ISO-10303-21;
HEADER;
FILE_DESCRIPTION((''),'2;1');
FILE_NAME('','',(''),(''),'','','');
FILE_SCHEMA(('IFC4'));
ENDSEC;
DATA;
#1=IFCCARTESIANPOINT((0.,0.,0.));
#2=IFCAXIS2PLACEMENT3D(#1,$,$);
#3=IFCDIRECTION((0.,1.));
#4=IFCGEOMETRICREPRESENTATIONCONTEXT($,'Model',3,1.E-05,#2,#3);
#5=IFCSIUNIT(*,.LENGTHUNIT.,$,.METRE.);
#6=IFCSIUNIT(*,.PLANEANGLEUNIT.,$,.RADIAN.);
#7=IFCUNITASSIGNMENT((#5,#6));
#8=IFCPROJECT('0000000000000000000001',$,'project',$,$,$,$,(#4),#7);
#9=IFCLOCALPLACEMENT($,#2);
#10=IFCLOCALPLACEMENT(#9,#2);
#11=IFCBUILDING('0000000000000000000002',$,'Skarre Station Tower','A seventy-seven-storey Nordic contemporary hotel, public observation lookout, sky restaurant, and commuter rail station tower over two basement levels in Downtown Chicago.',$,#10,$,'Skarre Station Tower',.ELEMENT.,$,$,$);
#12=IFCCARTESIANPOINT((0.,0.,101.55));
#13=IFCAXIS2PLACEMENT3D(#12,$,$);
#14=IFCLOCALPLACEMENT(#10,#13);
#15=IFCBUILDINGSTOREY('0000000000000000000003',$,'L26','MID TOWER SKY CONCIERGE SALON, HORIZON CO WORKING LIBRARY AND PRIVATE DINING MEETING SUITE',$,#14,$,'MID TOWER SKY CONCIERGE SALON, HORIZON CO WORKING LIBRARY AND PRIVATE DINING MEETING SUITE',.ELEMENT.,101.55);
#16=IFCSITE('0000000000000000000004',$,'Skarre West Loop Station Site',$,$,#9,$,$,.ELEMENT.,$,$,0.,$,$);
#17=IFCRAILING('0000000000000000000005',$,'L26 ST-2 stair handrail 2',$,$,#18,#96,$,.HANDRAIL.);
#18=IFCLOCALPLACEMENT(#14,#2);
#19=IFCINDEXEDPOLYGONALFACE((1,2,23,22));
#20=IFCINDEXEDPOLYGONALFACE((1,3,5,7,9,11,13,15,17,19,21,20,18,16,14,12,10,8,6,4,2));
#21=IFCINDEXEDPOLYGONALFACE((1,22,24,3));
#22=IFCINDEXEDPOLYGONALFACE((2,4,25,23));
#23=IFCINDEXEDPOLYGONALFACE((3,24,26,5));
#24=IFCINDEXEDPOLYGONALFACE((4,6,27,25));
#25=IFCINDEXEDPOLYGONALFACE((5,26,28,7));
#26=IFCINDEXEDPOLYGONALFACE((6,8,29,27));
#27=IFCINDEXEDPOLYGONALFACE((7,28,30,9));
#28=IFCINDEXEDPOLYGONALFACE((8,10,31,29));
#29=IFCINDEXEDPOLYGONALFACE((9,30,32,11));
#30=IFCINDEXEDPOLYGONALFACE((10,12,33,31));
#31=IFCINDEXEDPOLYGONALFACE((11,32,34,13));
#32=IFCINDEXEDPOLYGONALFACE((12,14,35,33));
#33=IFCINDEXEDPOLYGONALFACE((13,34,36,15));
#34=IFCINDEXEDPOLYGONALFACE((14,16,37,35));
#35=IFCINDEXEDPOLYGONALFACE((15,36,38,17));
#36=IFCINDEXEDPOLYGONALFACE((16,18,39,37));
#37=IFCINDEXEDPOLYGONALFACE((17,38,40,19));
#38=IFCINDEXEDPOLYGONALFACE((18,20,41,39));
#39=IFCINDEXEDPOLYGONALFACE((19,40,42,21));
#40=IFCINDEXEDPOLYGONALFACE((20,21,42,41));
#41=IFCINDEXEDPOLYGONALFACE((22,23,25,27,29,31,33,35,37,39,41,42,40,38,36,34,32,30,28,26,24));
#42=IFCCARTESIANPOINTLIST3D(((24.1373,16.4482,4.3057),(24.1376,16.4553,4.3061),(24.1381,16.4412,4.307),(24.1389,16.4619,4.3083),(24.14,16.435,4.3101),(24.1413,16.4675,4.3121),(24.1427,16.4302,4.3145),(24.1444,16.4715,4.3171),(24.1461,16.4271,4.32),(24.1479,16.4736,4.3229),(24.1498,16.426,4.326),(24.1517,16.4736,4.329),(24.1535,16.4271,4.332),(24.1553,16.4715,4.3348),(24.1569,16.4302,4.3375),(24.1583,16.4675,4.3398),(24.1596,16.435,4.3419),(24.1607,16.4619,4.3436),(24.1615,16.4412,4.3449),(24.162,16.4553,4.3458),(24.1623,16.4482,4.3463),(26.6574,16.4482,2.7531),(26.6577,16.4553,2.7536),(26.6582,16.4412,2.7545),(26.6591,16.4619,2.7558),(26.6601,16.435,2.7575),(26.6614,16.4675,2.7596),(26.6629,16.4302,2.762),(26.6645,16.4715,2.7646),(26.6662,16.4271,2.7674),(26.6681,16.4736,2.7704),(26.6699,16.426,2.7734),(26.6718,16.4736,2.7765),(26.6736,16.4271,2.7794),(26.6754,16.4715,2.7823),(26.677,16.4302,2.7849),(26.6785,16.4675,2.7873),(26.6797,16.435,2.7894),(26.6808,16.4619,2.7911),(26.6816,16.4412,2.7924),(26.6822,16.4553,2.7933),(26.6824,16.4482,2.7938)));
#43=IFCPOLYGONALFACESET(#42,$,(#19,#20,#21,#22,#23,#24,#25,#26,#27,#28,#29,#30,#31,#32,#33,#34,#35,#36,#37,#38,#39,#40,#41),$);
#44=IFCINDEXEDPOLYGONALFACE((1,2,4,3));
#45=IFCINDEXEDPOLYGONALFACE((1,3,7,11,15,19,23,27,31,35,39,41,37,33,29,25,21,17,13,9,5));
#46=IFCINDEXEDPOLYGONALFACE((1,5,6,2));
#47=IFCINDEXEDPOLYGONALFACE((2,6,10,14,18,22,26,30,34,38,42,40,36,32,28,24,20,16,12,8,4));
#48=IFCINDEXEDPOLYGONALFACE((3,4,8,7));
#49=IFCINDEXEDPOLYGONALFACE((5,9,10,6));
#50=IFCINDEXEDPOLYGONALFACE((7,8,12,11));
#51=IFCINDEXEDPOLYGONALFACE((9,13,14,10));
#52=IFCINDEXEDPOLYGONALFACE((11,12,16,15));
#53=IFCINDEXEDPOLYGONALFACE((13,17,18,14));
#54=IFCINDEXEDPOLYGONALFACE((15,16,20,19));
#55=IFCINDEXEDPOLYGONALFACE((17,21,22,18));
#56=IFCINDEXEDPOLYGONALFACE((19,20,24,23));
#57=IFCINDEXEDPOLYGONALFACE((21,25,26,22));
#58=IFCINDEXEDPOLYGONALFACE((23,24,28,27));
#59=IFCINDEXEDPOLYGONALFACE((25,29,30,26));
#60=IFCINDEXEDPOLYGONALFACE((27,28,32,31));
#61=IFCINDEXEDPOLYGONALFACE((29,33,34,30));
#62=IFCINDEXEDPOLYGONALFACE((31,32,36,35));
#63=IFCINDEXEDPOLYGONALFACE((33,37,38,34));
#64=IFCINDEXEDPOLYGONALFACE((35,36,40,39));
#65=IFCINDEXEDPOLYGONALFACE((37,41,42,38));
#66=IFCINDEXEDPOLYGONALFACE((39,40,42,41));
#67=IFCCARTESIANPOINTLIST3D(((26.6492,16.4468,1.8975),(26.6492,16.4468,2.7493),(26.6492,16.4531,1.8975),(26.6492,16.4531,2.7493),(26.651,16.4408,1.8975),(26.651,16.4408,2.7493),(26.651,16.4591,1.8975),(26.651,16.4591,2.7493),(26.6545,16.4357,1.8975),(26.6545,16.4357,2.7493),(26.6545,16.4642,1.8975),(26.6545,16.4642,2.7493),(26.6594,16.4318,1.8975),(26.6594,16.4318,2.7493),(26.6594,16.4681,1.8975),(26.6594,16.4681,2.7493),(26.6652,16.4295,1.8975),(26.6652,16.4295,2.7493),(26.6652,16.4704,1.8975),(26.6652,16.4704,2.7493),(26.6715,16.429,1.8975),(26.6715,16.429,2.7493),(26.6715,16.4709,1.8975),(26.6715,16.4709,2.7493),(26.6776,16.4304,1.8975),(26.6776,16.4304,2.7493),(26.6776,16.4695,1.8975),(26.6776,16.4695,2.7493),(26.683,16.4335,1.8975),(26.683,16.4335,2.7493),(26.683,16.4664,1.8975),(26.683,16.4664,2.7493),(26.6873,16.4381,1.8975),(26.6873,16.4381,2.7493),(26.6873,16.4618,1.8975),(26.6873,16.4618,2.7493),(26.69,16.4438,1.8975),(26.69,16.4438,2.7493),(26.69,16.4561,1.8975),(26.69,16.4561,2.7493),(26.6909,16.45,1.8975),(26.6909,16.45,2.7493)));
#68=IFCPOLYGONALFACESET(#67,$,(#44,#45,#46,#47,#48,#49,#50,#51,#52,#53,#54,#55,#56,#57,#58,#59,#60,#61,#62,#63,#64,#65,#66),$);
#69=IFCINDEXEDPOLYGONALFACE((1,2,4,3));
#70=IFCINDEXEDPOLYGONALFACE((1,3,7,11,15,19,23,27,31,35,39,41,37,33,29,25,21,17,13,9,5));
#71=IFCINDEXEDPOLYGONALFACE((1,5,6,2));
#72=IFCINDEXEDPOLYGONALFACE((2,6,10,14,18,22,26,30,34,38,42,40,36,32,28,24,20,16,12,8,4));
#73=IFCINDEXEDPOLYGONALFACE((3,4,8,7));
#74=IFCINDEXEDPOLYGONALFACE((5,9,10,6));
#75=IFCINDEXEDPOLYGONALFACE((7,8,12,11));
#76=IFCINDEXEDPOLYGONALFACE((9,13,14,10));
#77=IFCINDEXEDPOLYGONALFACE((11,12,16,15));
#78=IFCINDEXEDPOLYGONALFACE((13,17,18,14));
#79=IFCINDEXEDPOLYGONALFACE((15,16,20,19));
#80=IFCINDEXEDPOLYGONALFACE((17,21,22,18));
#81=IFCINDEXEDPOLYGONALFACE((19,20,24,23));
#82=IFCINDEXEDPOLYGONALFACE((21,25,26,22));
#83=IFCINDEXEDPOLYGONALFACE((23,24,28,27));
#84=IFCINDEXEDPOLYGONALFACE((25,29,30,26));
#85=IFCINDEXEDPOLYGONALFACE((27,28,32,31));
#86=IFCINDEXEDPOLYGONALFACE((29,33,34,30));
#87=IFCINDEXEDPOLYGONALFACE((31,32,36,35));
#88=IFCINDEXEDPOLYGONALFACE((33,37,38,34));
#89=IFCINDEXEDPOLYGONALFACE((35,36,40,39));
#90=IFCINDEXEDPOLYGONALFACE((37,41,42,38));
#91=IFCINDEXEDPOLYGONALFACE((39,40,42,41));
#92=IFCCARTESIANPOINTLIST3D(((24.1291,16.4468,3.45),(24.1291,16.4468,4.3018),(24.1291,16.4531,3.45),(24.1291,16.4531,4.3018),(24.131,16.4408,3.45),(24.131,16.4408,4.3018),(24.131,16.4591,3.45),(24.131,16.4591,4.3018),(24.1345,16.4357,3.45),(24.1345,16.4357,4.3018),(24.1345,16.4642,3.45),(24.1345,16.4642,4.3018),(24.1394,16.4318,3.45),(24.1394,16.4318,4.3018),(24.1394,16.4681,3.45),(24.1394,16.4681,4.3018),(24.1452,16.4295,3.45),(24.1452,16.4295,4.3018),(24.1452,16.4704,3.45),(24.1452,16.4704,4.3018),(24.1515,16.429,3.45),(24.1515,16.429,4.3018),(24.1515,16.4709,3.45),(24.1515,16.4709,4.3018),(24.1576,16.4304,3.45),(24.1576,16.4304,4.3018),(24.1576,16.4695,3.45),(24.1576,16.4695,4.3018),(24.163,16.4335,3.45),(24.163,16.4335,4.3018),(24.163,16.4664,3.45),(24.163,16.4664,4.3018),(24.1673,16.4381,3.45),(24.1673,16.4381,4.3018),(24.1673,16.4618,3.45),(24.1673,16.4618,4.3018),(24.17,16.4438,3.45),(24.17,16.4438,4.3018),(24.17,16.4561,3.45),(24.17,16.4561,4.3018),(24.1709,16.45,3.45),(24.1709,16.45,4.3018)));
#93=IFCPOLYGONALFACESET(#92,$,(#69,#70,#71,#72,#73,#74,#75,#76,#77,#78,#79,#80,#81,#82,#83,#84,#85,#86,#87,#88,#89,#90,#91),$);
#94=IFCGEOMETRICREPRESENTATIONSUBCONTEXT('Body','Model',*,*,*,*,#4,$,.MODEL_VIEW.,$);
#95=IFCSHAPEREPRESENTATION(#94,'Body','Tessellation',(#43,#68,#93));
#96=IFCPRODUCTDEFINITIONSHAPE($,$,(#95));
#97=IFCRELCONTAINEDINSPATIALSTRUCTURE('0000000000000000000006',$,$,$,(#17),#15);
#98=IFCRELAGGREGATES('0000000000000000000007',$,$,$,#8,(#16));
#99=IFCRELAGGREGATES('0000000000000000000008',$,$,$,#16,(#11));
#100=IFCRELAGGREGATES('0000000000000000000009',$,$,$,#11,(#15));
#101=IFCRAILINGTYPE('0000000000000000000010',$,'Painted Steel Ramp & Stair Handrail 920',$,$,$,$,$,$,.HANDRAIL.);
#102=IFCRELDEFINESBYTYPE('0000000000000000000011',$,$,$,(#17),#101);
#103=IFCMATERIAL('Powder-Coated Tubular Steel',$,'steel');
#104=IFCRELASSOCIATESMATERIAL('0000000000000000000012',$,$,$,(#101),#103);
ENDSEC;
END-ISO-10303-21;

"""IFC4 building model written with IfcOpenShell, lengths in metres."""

from ifc_helpers import new_model, si_unit, direction, frame, origin, origin_2d, place, context, subcontext, project, spatial, circle, extrude, material, type_object, element, save


model = new_model("IFC4")

# Units and contexts
model_context = context("Model", 3, precision=1e-05, world=origin(), true_north=direction((0.0, 1.0)))
body_context = subcontext(model_context, "Body", "Model", "MODEL_VIEW")
ifc_project = project(units=[si_unit("LENGTHUNIT", "METRE"), si_unit("PLANEANGLEUNIT", "RADIAN")], contexts=[model_context])

# Site, building, storey
site_placement = place(None, origin())
site = spatial("IfcSite", under=ifc_project, at=site_placement, Name="Skarre West Loop Station Site", CompositionType="ELEMENT", RefElevation=0.0)
building_placement = place(site_placement, origin())
building = spatial("IfcBuilding", under=site, at=building_placement, Name="Skarre Station Tower", Description="A seventy-seven-storey Nordic contemporary hotel, public observation lookout, sky restaurant, and commuter rail station tower over two basement levels in Downtown Chicago.", LongName="Skarre Station Tower", CompositionType="ELEMENT")
storey_placement = place(building_placement, frame((0.0, 0.0, 101.55)))
storey = spatial("IfcBuildingStorey", under=building, at=storey_placement, Name="L26", Description="MID TOWER SKY CONCIERGE SALON, HORIZON CO WORKING LIBRARY AND PRIVATE DINING MEETING SUITE", LongName="MID TOWER SKY CONCIERGE SALON, HORIZON CO WORKING LIBRARY AND PRIVATE DINING MEETING SUITE", CompositionType="ELEMENT", Elevation=101.55)

# Railing
ifc_material_1 = material(Name="Powder-Coated Tubular Steel", Category="steel")
railing_type_1 = type_object("IfcRailingType", Name="Painted Steel Ramp & Stair Handrail 920", PredefinedType="HANDRAIL", material=ifc_material_1)
railing_1_placement = place(storey_placement, frame((26.6699, 16.45, 1.8975)))
element("IfcRailing", 1, at=railing_1_placement, inside=storey, type_object=railing_type_1, Name="L26 ST-2 stair handrail 2", PredefinedType="HANDRAIL", context=body_context, shape_type="SweptSolid", body=[
    extrude(circle(Radius=0.0239, at=origin_2d()), frame((0.0, 0.0, 0.876), z_axis=(-0.8514, 0.0, 0.524516), x_axis=(0.0, -1.0, 0.0)), (0.0, 0.0, 1.0), 2.96),
    extrude(circle(Radius=0.021, at=origin_2d()), origin(), (0.0, 0.0, 1.0), 0.8518),
    extrude(circle(Radius=0.021, at=origin_2d()), frame((-2.52, 0.0, 1.5525)), (0.0, 0.0, 1.0), 0.8518),
])

save(model, "model.ifc")
